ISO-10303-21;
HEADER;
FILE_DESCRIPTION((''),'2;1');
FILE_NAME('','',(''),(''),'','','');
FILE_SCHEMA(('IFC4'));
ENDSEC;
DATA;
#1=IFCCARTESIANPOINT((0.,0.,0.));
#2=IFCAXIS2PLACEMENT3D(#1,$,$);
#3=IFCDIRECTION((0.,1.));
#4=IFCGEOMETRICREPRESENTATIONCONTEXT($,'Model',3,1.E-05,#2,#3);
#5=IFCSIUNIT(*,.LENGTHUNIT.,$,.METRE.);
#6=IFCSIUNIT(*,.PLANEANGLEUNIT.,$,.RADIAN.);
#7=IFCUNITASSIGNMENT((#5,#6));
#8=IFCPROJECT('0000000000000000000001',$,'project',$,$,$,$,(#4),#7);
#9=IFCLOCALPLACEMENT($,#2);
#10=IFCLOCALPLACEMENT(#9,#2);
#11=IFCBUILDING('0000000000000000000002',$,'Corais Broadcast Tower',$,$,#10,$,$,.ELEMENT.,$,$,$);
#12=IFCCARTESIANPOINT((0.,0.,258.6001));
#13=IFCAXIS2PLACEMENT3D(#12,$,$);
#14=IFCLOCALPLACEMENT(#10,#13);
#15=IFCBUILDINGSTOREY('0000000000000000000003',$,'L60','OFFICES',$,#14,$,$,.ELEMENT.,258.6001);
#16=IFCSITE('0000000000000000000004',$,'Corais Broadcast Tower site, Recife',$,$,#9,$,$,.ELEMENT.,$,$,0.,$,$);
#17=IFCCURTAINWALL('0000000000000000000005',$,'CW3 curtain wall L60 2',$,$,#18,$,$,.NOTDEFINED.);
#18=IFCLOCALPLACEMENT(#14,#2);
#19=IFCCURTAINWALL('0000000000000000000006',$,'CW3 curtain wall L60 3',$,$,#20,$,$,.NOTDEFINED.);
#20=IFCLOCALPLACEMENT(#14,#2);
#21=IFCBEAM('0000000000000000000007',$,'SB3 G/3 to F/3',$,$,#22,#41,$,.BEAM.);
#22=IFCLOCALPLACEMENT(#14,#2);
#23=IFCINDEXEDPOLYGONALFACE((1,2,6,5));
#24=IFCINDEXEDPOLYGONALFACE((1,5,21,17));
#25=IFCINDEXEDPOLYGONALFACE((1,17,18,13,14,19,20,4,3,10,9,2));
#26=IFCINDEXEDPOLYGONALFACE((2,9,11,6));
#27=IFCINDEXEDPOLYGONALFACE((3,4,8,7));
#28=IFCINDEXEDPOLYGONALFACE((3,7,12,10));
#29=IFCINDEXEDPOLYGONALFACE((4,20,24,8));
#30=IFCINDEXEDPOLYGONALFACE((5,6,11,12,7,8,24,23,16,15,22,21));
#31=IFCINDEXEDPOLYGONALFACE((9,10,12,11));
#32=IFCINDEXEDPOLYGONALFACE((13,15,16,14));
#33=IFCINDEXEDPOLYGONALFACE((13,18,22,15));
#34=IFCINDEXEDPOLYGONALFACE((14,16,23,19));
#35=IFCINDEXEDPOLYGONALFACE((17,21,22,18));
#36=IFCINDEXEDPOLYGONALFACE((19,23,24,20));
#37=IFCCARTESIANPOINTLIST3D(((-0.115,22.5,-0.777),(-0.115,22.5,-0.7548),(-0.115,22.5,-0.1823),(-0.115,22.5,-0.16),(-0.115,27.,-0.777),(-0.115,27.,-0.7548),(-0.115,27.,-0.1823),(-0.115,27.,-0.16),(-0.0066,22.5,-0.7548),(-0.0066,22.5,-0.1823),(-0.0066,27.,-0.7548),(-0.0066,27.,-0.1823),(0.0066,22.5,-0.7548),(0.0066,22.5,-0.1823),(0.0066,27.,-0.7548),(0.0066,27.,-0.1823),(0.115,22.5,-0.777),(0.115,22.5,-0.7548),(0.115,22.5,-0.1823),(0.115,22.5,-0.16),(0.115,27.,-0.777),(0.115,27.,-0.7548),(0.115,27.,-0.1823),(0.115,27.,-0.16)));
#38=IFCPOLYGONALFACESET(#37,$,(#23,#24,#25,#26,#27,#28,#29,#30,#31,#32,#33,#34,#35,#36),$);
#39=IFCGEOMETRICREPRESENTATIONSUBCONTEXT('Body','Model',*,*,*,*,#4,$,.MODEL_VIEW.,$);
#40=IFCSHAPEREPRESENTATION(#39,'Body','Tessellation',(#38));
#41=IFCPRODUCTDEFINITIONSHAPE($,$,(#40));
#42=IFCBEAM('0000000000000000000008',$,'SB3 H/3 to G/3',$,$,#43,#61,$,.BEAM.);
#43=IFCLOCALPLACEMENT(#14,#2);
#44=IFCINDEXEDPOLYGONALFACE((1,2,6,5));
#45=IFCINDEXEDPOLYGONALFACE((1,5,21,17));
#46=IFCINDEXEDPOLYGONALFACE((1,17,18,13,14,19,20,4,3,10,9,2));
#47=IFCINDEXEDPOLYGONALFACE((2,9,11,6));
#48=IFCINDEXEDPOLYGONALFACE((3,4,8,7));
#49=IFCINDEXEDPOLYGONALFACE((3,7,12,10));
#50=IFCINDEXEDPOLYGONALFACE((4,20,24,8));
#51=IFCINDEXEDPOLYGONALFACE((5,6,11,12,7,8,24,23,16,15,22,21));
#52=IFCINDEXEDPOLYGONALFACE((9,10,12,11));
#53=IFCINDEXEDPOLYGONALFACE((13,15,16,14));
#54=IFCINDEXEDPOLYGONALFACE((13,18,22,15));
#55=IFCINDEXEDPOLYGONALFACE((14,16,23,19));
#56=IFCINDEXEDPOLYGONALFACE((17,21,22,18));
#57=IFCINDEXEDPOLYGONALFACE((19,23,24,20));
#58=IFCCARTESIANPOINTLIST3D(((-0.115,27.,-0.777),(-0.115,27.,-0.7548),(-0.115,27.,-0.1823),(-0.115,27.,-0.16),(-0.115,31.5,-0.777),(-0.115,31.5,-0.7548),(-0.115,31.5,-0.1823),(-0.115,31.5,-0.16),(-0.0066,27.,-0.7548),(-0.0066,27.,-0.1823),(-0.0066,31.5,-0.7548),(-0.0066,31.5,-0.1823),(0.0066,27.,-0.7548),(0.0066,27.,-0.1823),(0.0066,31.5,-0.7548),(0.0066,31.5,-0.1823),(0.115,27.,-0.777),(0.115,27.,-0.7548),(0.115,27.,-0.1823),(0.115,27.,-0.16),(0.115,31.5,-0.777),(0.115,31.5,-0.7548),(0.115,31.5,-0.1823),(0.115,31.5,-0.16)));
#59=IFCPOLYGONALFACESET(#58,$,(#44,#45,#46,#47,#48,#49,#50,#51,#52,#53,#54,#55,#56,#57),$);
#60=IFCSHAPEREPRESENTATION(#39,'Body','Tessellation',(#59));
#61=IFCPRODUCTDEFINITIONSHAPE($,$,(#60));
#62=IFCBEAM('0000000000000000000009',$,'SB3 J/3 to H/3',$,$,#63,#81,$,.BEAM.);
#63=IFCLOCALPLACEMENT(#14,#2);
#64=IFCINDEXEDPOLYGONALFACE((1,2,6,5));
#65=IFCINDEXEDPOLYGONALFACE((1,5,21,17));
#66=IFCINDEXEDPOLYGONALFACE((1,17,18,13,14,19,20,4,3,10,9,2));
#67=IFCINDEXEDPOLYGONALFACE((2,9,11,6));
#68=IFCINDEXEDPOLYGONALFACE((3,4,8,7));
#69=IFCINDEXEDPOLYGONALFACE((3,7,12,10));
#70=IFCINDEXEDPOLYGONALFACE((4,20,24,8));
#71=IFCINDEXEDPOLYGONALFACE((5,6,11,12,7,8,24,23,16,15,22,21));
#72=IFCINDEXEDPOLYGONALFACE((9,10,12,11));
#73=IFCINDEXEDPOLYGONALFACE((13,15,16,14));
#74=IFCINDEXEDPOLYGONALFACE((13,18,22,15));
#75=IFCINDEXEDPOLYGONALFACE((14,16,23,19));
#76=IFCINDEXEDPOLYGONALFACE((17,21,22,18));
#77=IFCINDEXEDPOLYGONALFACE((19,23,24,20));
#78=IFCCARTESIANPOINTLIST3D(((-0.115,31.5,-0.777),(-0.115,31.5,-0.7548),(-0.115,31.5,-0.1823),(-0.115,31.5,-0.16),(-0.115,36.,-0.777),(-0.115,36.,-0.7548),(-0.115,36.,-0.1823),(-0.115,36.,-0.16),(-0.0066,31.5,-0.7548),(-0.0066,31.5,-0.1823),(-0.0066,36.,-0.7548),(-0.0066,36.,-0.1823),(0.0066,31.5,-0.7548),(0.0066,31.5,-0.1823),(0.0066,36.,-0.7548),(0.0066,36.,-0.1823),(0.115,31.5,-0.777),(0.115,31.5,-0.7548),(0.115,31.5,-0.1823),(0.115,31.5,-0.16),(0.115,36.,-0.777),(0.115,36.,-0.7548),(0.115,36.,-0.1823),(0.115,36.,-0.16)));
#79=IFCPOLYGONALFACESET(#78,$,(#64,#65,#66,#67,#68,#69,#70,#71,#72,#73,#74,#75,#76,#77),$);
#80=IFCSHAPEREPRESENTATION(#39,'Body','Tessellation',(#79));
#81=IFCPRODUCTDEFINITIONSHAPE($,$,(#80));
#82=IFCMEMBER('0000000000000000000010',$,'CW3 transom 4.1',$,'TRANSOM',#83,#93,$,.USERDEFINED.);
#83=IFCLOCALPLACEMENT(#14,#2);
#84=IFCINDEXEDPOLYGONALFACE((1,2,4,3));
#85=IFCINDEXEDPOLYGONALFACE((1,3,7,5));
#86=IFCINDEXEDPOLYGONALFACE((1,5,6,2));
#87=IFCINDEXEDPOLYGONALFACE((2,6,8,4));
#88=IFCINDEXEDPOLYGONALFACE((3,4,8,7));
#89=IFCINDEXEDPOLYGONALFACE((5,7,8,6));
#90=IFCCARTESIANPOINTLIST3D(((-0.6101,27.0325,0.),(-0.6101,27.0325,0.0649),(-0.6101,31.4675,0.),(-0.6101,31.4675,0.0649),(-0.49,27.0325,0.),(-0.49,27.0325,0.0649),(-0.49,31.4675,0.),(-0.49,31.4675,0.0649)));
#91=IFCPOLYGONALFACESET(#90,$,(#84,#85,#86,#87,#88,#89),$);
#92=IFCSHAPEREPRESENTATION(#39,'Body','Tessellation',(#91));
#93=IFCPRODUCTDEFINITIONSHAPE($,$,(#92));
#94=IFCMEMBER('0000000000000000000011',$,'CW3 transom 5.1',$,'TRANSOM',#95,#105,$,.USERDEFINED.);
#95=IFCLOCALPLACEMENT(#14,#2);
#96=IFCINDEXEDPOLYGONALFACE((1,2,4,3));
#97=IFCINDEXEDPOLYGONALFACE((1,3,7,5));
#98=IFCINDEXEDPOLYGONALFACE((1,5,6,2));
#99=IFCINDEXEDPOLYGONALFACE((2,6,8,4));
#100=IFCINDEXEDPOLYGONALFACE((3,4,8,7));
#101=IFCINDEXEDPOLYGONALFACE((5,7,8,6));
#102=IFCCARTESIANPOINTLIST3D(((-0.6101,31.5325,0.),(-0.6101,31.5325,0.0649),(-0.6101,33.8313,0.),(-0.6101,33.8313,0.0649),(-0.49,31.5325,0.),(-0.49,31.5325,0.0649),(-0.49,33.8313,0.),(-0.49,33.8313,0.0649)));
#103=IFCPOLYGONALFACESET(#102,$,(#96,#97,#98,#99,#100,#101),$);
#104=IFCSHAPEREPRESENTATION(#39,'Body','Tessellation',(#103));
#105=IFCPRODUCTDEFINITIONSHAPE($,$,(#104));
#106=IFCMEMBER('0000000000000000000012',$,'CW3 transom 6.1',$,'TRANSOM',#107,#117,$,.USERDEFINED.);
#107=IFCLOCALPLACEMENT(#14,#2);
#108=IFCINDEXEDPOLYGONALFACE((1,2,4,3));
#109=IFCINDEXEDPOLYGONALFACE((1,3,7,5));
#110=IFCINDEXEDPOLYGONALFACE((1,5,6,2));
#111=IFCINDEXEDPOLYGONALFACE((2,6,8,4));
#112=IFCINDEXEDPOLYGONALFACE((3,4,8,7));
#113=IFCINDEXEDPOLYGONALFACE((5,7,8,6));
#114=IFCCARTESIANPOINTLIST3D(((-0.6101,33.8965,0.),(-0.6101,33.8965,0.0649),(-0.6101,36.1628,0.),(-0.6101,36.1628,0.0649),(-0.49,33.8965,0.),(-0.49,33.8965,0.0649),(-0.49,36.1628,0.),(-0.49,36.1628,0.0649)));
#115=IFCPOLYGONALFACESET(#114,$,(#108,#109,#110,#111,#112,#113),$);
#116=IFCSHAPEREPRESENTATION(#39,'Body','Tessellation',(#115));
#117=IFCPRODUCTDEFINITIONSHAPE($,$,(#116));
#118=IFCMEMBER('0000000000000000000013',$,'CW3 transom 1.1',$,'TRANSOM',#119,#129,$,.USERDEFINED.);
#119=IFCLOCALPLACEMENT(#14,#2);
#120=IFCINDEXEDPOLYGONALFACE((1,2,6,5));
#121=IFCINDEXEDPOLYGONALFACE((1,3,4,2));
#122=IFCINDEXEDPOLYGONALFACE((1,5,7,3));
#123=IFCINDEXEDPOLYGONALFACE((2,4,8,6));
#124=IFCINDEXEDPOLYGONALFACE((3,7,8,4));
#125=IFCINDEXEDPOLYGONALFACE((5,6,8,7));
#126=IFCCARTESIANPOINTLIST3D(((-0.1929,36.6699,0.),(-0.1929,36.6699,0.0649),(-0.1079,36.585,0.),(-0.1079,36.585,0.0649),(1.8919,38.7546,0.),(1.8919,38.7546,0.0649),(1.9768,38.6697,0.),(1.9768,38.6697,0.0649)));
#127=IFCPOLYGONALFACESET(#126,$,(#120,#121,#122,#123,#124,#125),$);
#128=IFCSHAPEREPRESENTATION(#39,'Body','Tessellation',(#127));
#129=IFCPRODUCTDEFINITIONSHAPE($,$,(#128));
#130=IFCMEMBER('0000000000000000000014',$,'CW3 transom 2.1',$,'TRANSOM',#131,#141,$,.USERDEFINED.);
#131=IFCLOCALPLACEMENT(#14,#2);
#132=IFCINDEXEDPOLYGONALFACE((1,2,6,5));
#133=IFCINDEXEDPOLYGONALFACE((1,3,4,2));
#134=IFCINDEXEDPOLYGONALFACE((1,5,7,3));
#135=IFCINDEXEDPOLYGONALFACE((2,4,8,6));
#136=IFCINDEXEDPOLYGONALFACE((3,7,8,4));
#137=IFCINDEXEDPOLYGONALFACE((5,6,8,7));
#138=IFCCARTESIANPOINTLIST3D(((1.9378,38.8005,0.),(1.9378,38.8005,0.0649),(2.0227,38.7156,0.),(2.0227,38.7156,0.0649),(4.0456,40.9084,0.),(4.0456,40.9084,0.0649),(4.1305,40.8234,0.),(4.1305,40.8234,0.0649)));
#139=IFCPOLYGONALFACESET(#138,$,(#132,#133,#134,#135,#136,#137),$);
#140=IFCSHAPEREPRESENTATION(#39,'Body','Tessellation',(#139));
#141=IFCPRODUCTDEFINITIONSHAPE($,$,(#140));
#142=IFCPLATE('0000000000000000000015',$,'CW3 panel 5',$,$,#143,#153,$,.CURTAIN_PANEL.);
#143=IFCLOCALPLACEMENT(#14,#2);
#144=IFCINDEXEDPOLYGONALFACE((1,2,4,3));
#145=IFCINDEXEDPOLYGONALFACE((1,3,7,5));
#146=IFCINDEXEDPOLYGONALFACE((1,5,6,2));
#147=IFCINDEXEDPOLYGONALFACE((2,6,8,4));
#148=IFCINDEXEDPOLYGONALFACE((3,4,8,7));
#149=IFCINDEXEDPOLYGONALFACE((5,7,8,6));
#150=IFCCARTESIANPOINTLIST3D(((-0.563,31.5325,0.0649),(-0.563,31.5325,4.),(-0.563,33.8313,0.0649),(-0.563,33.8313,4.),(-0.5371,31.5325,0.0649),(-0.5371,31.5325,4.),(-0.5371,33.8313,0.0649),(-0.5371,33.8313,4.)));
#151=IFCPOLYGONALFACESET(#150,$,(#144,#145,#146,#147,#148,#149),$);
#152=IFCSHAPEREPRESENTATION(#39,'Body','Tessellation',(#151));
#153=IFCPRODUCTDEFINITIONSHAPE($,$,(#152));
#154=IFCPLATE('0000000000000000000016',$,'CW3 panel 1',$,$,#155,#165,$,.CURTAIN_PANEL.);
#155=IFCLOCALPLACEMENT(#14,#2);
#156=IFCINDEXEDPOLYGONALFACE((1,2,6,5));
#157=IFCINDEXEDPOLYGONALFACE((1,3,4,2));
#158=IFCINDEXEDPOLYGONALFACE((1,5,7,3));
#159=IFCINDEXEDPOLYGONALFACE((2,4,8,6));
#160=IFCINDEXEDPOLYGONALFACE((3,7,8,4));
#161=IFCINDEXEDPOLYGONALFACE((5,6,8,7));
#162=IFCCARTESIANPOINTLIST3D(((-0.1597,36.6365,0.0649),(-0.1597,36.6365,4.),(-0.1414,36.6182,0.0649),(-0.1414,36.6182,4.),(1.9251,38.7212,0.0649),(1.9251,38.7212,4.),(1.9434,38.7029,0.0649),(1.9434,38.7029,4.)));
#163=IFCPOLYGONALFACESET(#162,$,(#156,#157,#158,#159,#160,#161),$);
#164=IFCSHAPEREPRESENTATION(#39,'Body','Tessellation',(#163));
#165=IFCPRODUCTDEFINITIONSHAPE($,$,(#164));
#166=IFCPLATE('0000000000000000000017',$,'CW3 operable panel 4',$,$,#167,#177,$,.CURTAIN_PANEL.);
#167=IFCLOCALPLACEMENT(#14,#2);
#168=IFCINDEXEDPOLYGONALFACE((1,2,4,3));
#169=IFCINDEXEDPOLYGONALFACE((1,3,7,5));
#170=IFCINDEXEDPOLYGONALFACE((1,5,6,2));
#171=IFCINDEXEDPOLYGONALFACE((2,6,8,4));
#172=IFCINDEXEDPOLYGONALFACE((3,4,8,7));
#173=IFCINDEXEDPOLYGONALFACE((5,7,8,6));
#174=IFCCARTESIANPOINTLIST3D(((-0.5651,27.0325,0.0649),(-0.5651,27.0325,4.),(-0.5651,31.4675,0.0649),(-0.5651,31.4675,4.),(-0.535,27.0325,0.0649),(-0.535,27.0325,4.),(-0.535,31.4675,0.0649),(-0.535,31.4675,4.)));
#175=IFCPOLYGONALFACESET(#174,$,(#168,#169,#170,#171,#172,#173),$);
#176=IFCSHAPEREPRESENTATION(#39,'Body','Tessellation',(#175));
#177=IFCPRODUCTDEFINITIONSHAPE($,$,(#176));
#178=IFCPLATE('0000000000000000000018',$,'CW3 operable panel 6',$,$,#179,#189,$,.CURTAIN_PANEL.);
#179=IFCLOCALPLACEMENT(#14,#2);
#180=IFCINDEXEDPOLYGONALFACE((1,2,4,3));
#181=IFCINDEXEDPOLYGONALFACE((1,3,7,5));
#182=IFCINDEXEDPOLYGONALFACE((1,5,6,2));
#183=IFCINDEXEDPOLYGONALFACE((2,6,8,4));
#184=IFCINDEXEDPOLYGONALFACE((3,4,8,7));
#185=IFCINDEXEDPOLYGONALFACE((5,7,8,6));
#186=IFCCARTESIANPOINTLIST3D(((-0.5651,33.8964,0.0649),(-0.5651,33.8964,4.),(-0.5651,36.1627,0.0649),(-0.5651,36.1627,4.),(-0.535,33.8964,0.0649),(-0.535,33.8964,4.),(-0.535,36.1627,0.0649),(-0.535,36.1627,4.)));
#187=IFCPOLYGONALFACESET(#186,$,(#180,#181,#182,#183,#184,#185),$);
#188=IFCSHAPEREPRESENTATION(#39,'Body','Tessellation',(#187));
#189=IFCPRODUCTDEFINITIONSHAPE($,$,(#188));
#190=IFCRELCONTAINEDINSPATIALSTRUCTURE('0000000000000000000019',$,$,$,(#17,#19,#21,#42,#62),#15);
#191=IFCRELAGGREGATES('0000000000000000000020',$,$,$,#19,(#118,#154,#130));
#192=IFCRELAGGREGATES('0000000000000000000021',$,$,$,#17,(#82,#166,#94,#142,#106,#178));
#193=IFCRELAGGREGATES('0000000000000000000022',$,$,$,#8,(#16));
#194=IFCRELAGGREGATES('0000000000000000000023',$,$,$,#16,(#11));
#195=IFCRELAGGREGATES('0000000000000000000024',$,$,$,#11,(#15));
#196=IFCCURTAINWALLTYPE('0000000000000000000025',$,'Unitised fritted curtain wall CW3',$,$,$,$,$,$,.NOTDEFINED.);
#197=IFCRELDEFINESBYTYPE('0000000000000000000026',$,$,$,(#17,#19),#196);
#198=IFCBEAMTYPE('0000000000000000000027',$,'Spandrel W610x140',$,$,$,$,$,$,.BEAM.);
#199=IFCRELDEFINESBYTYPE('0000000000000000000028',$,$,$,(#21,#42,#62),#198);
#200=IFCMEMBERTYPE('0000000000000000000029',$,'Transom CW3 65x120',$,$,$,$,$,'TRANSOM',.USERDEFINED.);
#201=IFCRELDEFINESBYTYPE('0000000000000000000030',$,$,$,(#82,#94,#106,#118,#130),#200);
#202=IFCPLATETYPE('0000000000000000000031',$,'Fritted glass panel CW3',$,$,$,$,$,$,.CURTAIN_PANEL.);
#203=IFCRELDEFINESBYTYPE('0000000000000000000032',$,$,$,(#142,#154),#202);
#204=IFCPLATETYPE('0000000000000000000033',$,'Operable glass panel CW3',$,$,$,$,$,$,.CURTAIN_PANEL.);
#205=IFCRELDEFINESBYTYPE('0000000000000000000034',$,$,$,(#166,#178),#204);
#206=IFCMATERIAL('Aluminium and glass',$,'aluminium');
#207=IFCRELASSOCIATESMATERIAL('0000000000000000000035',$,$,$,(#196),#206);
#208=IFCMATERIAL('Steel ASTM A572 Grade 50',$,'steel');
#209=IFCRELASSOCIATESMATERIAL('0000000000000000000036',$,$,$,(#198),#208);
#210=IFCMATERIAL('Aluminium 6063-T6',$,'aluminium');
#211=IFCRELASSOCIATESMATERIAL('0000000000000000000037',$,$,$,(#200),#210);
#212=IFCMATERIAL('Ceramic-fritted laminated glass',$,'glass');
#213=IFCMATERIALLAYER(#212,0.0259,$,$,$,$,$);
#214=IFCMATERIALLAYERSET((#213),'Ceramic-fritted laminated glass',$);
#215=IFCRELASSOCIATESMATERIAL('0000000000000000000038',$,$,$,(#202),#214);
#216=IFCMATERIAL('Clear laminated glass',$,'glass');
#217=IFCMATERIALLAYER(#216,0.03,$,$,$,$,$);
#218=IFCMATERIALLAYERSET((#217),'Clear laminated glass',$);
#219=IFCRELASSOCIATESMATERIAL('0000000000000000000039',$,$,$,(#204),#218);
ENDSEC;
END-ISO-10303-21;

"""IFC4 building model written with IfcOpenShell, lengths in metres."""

from ifc_helpers import new_model, si_unit, direction, frame, origin, origin_2d, place, context, subcontext, project, spatial, rectangle, i_section, extrude, material, layer, layer_set, material_profile, profile_set, type_object, element, aggregate, save


model = new_model("IFC4")

# Units and contexts
model_context = context("Model", 3, precision=1e-05, world=origin(), true_north=direction((0.0, 1.0)))
body_context = subcontext(model_context, "Body", "Model", "MODEL_VIEW")
ifc_project = project(units=[si_unit("LENGTHUNIT", "METRE"), si_unit("PLANEANGLEUNIT", "RADIAN")], contexts=[model_context])

# Site, building, storey
site_placement = place(None, origin())
site = spatial("IfcSite", under=ifc_project, at=site_placement, Name="Corais Broadcast Tower site, Recife", CompositionType="ELEMENT", RefElevation=0.0)
building_placement = place(site_placement, origin())
building = spatial("IfcBuilding", under=site, at=building_placement, Name="Corais Broadcast Tower", CompositionType="ELEMENT")
storey_placement = place(building_placement, frame((0.0, 0.0, 258.6001)))
storey = spatial("IfcBuildingStorey", under=building, at=storey_placement, Name="L60", Description="OFFICES", CompositionType="ELEMENT", Elevation=258.6001)

# Curtain walls
ifc_material_1 = material(Name="Aluminium and glass", Category="aluminium")
curtain_wall_type = type_object("IfcCurtainWallType", Name="Unitised fritted curtain wall CW3", PredefinedType="NOTDEFINED", material=ifc_material_1)
curtain_wall_1_placement = place(storey_placement, origin())
curtain_wall_1 = element("IfcCurtainWall", 1, at=curtain_wall_1_placement, inside=storey, type_object=curtain_wall_type, Name="CW3 curtain wall L60 2", PredefinedType="NOTDEFINED")
curtain_wall_2_placement = place(storey_placement, origin())
curtain_wall_2 = element("IfcCurtainWall", 2, at=curtain_wall_2_placement, inside=storey, type_object=curtain_wall_type, Name="CW3 curtain wall L60 3", PredefinedType="NOTDEFINED")

# Beams
ifc_material_2 = material(Name="Steel ASTM A572 Grade 50", Category="steel")
ifc_material_profile_1 = material_profile(ifc_material_2, i_section(OverallWidth=0.23, OverallDepth=0.6169, WebThickness=0.0132, FlangeThickness=0.0222, at=origin_2d()), Name="W610x140")
ifc_profile_set_1 = profile_set([ifc_material_profile_1], Name="Steel ASTM A572 Grade 50")
beam_type_1 = type_object("IfcBeamType", Name="Spandrel W610x140", PredefinedType="BEAM", material=ifc_profile_set_1)
for number, where, z_axis, x_axis, name in (
    (3, (0.0, 27.0, -0.4685), (0.0, -1.0, 0.0), (1.0, 0.0, 0.0), "SB3 G/3 to F/3"),
    (4, (0.0, 31.5, -0.4685), (0.0, -1.0, 0.0), (1.0, 0.0, 0.0), "SB3 H/3 to G/3"),
    (5, (0.0, 36.0, -0.4685), (0.0, -1.0, 0.0), (1.0, 0.0, 0.0), "SB3 J/3 to H/3"),
):
    element("IfcBeam", number, at=place(storey_placement, frame(where, z_axis=z_axis, x_axis=x_axis)), inside=storey, type_object=beam_type_1, Name=name, PredefinedType="BEAM", context=body_context, shape_type="SweptSolid", body=[
        extrude(i_section(OverallWidth=0.23, OverallDepth=0.6169, WebThickness=0.0132, FlangeThickness=0.0222, at=origin_2d()), origin(), (0.0, 0.0, 1.0), 4.5),
    ])

# Members
ifc_material_3 = material(Name="Aluminium 6063-T6", Category="aluminium")
ifc_material_profile_2 = material_profile(ifc_material_3, rectangle(XDim=0.1201, YDim=0.0649, at=origin_2d()), Name="Transom CW3 65x120")
ifc_profile_set_2 = profile_set([ifc_material_profile_2], Name="Aluminium 6063-T6")
member_type_1 = type_object("IfcMemberType", Name="Transom CW3 65x120", ElementType="TRANSOM", PredefinedType="USERDEFINED", material=ifc_profile_set_2)
member_1_placement = place(storey_placement, frame((-0.55, 27.0325, 0.0325), z_axis=(0.0, 1.0, 0.0), x_axis=(-1.0, 0.0, 0.0)))
member_1 = element("IfcMember", 6, at=member_1_placement, type_object=member_type_1, Name="CW3 transom 4.1", ObjectType="TRANSOM", PredefinedType="USERDEFINED", context=body_context, shape_type="SweptSolid", body=[
    extrude(rectangle(XDim=0.1201, YDim=0.0649, at=origin_2d()), origin(), (0.0, 0.0, 1.0), 4.4351),
])
member_2_placement = place(storey_placement, frame((-0.55, 31.5325, 0.0325), z_axis=(0.0, 1.0, 0.0), x_axis=(-1.0, 0.0, 0.0)))
member_2 = element("IfcMember", 7, at=member_2_placement, type_object=member_type_1, Name="CW3 transom 5.1", ObjectType="TRANSOM", PredefinedType="USERDEFINED", context=body_context, shape_type="SweptSolid", body=[
    extrude(rectangle(XDim=0.1201, YDim=0.0649, at=origin_2d()), origin(), (0.0, 0.0, 1.0), 2.2988),
])
member_3_placement = place(storey_placement, frame((-0.55, 33.8965, 0.0325), z_axis=(0.0, 1.0, 0.0), x_axis=(-1.0, 0.0, 0.0)))
member_3 = element("IfcMember", 8, at=member_3_placement, type_object=member_type_1, Name="CW3 transom 6.1", ObjectType="TRANSOM", PredefinedType="USERDEFINED", context=body_context, shape_type="SweptSolid", body=[
    extrude(rectangle(XDim=0.1201, YDim=0.0649, at=origin_2d()), origin(), (0.0, 0.0, 1.0), 2.2664),
])
member_4_placement = place(storey_placement, frame((-0.1504, 36.6274, 0.0325), z_axis=(0.707107, 0.707107, 0.0), x_axis=(-0.707107, 0.707107, 0.0)))
member_4 = element("IfcMember", 9, at=member_4_placement, type_object=member_type_1, Name="CW3 transom 1.1", ObjectType="TRANSOM", PredefinedType="USERDEFINED", context=body_context, shape_type="SweptSolid", body=[
    extrude(rectangle(XDim=0.1201, YDim=0.0649, at=origin_2d()), origin(), (0.0, 0.0, 1.0), 2.9482),
])
member_5_placement = place(storey_placement, frame((1.9802, 38.7581, 0.0325), z_axis=(0.707107, 0.707107, 0.0), x_axis=(-0.707107, 0.707107, 0.0)))
member_5 = element("IfcMember", 10, at=member_5_placement, type_object=member_type_1, Name="CW3 transom 2.1", ObjectType="TRANSOM", PredefinedType="USERDEFINED", context=body_context, shape_type="SweptSolid", body=[
    extrude(rectangle(XDim=0.1201, YDim=0.0649, at=origin_2d()), origin(), (0.0, 0.0, 1.0), 2.981),
])

# Plates
ifc_material_4 = material(Name="Ceramic-fritted laminated glass", Category="glass")
ifc_layer_1 = layer(ifc_material_4, 0.0259)
ifc_layer_set_1 = layer_set([ifc_layer_1], Name="Ceramic-fritted laminated glass")
plate_type_1 = type_object("IfcPlateType", Name="Fritted glass panel CW3", PredefinedType="CURTAIN_PANEL", material=ifc_layer_set_1)
plate_1_placement = place(storey_placement, frame((-0.55, 32.6819, 0.0649), z_axis=(0.0, 0.0, 1.0), x_axis=(0.0, 1.0, 0.0)))
plate_1 = element("IfcPlate", 11, at=plate_1_placement, type_object=plate_type_1, Name="CW3 panel 5", PredefinedType="CURTAIN_PANEL", context=body_context, shape_type="SweptSolid", body=[
    extrude(rectangle(XDim=2.2988, YDim=0.0259, at=origin_2d()), origin(), (0.0, 0.0, 1.0), 3.9351),
])
plate_2_placement = place(storey_placement, frame((0.8918, 37.6697, 0.0649), z_axis=(0.0, 0.0, 1.0), x_axis=(0.707107, 0.707107, 0.0)))
plate_2 = element("IfcPlate", 12, at=plate_2_placement, type_object=plate_type_1, Name="CW3 panel 1", PredefinedType="CURTAIN_PANEL", context=body_context, shape_type="SweptSolid", body=[
    extrude(rectangle(XDim=2.9482, YDim=0.0259, at=origin_2d()), origin(), (0.0, 0.0, 1.0), 3.9351),
])
aggregate(curtain_wall_2, [member_4, plate_2, member_5])
ifc_material_5 = material(Name="Clear laminated glass", Category="glass")
ifc_layer_2 = layer(ifc_material_5, 0.03)
ifc_layer_set_2 = layer_set([ifc_layer_2], Name="Clear laminated glass")
plate_type_2 = type_object("IfcPlateType", Name="Operable glass panel CW3", PredefinedType="CURTAIN_PANEL", material=ifc_layer_set_2)
plate_3_placement = place(storey_placement, frame((-0.55, 29.25, 0.0649), z_axis=(0.0, 0.0, 1.0), x_axis=(0.0, 1.0, 0.0)))
plate_3 = element("IfcPlate", 13, at=plate_3_placement, type_object=plate_type_2, Name="CW3 operable panel 4", PredefinedType="CURTAIN_PANEL", context=body_context, shape_type="SweptSolid", body=[
    extrude(rectangle(XDim=4.4351, YDim=0.03, at=origin_2d()), origin(), (0.0, 0.0, 1.0), 3.9351),
])
plate_4_placement = place(storey_placement, frame((-0.55, 35.0295, 0.0649), z_axis=(0.0, 0.0, 1.0), x_axis=(0.0, 1.0, 0.0)))
plate_4 = element("IfcPlate", 14, at=plate_4_placement, type_object=plate_type_2, Name="CW3 operable panel 6", PredefinedType="CURTAIN_PANEL", context=body_context, shape_type="SweptSolid", body=[
    extrude(rectangle(XDim=2.2664, YDim=0.03, at=origin_2d()), origin(), (0.0, 0.0, 1.0), 3.9351),
])
aggregate(curtain_wall_1, [member_1, plate_3, member_2, plate_1, member_3, plate_4])

save(model, "model.ifc")
